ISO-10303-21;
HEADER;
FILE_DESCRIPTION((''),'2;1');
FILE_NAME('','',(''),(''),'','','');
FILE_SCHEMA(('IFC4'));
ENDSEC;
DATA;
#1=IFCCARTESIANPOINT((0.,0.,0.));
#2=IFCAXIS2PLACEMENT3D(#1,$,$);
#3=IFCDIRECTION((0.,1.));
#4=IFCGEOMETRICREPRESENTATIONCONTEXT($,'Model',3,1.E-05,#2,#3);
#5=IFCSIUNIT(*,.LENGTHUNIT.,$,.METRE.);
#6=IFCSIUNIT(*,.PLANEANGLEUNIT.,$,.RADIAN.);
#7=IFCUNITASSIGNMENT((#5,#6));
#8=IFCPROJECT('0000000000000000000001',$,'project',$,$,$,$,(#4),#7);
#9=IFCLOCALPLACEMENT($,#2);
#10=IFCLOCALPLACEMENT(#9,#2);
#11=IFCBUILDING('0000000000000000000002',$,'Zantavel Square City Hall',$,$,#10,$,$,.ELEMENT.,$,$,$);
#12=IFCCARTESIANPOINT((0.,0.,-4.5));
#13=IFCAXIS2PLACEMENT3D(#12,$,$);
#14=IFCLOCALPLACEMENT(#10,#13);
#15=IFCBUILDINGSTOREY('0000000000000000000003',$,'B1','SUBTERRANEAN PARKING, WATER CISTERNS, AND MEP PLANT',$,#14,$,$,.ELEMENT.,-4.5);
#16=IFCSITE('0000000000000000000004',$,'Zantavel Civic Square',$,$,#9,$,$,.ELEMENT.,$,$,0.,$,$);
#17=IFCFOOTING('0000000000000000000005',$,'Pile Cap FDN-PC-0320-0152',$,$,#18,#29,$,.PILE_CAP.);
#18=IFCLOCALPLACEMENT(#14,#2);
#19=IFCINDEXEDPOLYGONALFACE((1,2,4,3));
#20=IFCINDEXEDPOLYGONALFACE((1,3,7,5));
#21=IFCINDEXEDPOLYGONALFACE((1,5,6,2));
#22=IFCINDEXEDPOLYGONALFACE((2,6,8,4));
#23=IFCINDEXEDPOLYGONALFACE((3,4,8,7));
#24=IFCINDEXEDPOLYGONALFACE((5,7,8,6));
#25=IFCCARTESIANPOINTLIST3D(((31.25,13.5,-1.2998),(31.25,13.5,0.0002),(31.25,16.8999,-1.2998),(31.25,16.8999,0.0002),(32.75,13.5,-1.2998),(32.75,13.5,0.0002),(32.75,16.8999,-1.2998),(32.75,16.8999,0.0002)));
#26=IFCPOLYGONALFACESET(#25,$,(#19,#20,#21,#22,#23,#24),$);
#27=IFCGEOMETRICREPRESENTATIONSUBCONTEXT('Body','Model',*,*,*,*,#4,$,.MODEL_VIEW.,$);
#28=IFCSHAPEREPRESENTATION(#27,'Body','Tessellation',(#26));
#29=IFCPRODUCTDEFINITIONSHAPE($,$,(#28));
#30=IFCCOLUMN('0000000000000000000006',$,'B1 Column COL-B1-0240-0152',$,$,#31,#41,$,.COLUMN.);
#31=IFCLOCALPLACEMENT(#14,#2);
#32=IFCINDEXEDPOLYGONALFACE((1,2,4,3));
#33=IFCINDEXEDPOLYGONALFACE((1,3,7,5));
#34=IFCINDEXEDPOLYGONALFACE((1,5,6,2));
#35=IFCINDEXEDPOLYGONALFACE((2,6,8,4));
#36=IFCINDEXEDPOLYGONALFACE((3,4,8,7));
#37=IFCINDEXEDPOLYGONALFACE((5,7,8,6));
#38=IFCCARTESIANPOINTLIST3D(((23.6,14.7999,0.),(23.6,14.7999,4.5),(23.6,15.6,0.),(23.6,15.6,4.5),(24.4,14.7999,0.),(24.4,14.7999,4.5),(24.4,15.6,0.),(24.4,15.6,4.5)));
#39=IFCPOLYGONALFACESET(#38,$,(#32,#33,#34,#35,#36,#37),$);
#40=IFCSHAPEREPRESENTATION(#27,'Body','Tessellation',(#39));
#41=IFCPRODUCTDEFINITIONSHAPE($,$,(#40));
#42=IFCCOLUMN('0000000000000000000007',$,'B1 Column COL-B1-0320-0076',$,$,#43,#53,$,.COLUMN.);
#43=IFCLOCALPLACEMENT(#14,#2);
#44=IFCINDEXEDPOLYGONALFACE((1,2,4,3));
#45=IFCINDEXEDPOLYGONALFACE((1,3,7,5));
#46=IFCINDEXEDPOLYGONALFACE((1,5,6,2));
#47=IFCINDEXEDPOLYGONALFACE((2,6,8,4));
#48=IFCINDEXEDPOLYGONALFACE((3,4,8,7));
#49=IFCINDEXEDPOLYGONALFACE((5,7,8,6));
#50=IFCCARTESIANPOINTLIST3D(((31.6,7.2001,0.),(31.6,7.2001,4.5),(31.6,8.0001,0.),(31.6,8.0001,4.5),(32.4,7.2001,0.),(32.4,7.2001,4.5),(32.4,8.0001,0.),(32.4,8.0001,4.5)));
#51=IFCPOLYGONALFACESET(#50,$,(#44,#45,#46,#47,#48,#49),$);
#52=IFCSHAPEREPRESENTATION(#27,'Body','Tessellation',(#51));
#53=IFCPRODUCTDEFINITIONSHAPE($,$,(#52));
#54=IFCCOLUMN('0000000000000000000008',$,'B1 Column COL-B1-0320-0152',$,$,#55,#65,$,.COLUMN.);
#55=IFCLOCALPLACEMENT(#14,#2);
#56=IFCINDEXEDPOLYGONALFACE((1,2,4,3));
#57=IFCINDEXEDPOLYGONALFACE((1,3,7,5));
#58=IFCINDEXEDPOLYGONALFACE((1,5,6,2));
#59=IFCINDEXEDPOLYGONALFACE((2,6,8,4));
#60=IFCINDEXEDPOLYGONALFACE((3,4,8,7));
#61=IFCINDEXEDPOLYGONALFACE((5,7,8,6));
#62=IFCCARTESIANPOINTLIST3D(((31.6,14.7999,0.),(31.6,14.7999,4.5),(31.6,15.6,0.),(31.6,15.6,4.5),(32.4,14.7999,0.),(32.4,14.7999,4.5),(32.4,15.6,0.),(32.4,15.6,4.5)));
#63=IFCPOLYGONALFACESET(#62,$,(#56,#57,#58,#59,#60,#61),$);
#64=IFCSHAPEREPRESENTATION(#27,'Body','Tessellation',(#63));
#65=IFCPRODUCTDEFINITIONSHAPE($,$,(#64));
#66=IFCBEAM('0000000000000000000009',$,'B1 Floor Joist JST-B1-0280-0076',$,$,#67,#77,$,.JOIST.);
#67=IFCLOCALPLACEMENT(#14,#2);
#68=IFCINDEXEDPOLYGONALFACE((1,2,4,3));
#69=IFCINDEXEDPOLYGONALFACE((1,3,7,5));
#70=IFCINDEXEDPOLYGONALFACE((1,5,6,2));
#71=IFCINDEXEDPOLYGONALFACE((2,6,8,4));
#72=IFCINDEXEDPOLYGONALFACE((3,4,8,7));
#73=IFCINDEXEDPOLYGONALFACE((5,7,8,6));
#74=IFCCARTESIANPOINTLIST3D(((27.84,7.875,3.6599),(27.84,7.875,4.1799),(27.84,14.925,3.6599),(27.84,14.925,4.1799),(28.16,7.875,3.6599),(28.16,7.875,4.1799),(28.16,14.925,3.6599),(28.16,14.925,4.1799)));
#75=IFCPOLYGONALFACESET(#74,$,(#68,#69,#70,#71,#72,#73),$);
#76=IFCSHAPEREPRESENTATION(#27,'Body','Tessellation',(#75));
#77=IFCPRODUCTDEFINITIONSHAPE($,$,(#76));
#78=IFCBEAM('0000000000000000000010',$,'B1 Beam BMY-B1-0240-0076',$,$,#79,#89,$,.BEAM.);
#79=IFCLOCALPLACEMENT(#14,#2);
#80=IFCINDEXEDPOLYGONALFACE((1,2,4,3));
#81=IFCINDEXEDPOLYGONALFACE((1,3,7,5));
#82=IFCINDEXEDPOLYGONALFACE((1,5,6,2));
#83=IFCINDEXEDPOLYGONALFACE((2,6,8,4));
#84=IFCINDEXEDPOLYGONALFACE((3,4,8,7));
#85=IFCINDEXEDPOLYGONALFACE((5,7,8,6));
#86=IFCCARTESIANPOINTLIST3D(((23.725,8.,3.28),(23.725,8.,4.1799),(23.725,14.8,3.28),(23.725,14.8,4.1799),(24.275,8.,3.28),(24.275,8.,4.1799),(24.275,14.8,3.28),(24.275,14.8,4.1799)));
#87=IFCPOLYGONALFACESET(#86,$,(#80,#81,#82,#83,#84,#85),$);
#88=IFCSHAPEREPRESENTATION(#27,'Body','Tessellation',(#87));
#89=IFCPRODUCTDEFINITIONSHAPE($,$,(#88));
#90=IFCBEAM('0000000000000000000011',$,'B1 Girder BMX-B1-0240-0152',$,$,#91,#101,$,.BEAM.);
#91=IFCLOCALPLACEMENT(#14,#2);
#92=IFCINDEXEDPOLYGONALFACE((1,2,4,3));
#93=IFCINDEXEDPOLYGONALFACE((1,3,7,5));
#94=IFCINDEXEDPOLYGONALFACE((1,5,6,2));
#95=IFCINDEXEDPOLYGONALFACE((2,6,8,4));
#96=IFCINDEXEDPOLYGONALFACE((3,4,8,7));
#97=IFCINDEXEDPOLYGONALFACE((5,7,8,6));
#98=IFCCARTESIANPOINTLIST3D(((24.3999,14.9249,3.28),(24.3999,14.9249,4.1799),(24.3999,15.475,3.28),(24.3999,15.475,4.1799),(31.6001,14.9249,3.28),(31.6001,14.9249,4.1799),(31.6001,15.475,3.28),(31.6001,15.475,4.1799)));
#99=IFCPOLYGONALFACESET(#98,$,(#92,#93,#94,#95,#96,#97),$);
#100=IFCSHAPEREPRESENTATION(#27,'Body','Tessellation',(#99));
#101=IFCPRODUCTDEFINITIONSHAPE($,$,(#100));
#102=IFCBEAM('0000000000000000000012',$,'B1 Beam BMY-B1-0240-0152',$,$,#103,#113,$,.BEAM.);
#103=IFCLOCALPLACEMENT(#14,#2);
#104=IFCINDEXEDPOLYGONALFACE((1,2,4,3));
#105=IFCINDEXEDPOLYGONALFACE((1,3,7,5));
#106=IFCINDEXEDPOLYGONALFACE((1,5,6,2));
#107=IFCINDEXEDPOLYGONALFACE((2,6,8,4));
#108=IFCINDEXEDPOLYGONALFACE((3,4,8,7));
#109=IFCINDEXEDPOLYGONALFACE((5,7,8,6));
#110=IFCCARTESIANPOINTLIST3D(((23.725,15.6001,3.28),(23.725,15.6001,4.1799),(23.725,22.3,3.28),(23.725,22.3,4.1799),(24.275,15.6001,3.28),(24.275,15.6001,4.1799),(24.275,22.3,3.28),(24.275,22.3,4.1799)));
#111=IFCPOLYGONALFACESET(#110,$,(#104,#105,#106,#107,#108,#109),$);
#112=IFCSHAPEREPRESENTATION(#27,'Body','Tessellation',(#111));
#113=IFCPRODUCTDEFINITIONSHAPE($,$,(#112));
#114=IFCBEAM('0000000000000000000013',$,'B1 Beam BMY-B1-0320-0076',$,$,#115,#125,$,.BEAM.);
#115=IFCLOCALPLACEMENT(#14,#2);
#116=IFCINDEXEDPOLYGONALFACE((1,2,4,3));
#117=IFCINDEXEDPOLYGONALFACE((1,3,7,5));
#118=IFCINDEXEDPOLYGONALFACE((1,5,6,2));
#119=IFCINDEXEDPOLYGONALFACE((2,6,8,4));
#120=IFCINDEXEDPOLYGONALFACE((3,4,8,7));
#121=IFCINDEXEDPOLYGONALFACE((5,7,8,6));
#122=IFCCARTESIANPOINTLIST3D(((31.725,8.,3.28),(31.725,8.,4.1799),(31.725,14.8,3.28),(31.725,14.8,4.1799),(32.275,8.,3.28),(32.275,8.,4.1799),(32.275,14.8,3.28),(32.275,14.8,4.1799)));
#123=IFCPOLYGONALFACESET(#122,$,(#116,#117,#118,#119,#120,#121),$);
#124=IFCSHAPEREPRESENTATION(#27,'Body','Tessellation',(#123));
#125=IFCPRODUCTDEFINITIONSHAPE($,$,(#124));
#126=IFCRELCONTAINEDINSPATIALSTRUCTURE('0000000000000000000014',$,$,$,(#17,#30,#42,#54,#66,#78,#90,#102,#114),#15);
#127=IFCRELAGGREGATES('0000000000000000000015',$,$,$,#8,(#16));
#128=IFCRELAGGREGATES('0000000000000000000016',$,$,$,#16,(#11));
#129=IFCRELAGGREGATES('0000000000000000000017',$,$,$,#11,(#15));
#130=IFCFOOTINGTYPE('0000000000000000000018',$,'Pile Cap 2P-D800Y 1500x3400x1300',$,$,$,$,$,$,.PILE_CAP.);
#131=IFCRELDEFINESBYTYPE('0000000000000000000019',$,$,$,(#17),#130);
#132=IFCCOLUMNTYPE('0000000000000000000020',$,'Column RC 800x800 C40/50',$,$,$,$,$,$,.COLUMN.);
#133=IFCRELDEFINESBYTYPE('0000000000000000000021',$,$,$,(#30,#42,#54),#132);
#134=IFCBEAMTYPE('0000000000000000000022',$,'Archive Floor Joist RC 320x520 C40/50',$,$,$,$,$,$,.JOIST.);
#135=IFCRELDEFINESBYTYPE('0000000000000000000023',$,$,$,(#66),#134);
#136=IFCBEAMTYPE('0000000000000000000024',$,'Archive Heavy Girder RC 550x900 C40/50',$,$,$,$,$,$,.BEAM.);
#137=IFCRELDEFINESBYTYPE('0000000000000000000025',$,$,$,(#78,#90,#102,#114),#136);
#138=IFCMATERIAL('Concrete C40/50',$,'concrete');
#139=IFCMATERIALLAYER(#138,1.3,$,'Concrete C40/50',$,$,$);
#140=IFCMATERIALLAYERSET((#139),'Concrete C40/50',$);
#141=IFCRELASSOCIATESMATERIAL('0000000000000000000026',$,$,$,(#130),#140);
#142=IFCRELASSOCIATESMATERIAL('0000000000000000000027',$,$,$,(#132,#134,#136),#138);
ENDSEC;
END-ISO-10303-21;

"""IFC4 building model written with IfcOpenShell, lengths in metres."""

from ifc_helpers import new_model, si_unit, direction, frame, origin, origin_2d, place, context, subcontext, project, spatial, rectangle, extrude, material, layer, layer_set, material_profile, profile_set, type_object, element, save


model = new_model("IFC4")

# Units and contexts
model_context = context("Model", 3, precision=1e-05, world=origin(), true_north=direction((0.0, 1.0)))
body_context = subcontext(model_context, "Body", "Model", "MODEL_VIEW")
ifc_project = project(units=[si_unit("LENGTHUNIT", "METRE"), si_unit("PLANEANGLEUNIT", "RADIAN")], contexts=[model_context])

# Site, building, storey
site_placement = place(None, origin())
site = spatial("IfcSite", under=ifc_project, at=site_placement, Name="Zantavel Civic Square", CompositionType="ELEMENT", RefElevation=0.0)
building_placement = place(site_placement, origin())
building = spatial("IfcBuilding", under=site, at=building_placement, Name="Zantavel Square City Hall", CompositionType="ELEMENT")
storey_placement = place(building_placement, frame((0.0, 0.0, -4.5)))
storey = spatial("IfcBuildingStorey", under=building, at=storey_placement, Name="B1", Description="SUBTERRANEAN PARKING, WATER CISTERNS, AND MEP PLANT", CompositionType="ELEMENT", Elevation=-4.5)

# Footing
ifc_material_1 = material(Name="Concrete C40/50", Category="concrete")
ifc_layer_1 = layer(ifc_material_1, 1.3, Name="Concrete C40/50")
ifc_layer_set_1 = layer_set([ifc_layer_1], Name="Concrete C40/50")
footing_type_1 = type_object("IfcFootingType", Name="Pile Cap 2P-D800Y 1500x3400x1300", PredefinedType="PILE_CAP", material=ifc_layer_set_1)
footing_1_placement = place(storey_placement, frame((32.0, 15.2, -1.2998), z_axis=(0.0, 0.0, 1.0), x_axis=(1.0, 0.0, 0.0)))
element("IfcFooting", 1, at=footing_1_placement, inside=storey, type_object=footing_type_1, Name="Pile Cap FDN-PC-0320-0152", PredefinedType="PILE_CAP", context=body_context, shape_type="SweptSolid", body=[
    extrude(rectangle(XDim=1.5, YDim=3.3999, at=origin_2d()), origin(), (0.0, 0.0, 1.0), 1.3),
])

# Columns
ifc_material_profile_1 = material_profile(ifc_material_1, rectangle(XDim=0.8, YDim=0.8, at=origin_2d()), Name="RC 800x800")
ifc_profile_set_1 = profile_set([ifc_material_profile_1], Name="Concrete C40/50")
column_type = type_object("IfcColumnType", Name="Column RC 800x800 C40/50", PredefinedType="COLUMN", material=ifc_profile_set_1)
for number, where, z_axis, x_axis, name in (
    (2, (24.0, 15.2, 0.0), (0.0, 0.0, 1.0), (1.0, 0.0, 0.0), "B1 Column COL-B1-0240-0152"),
    (3, (32.0, 7.6001, 0.0), (0.0, 0.0, 1.0), (1.0, 0.0, 0.0), "B1 Column COL-B1-0320-0076"),
    (4, (32.0, 15.2, 0.0), (0.0, 0.0, 1.0), (1.0, 0.0, 0.0), "B1 Column COL-B1-0320-0152"),
):
    element("IfcColumn", number, at=place(storey_placement, frame(where, z_axis=z_axis, x_axis=x_axis)), inside=storey, type_object=column_type, Name=name, PredefinedType="COLUMN", context=body_context, shape_type="SweptSolid", body=[
        extrude(rectangle(XDim=0.8, YDim=0.8, at=origin_2d()), origin(), (0.0, 0.0, 1.0), 4.5),
    ])

# Beams
ifc_material_profile_2 = material_profile(ifc_material_1, rectangle(XDim=0.3201, YDim=0.52, at=origin_2d()), Name="RC 320x520")
ifc_profile_set_2 = profile_set([ifc_material_profile_2], Name="Concrete C40/50")
beam_type_1 = type_object("IfcBeamType", Name="Archive Floor Joist RC 320x520 C40/50", PredefinedType="JOIST", material=ifc_profile_set_2)
beam_1_placement = place(storey_placement, frame((28.0, 7.875, 3.9199), z_axis=(0.0, 1.0, 0.0), x_axis=(-1.0, 0.0, 0.0)))
element("IfcBeam", 5, at=beam_1_placement, inside=storey, type_object=beam_type_1, Name="B1 Floor Joist JST-B1-0280-0076", PredefinedType="JOIST", context=body_context, shape_type="SweptSolid", body=[
    extrude(rectangle(XDim=0.3201, YDim=0.52, at=origin_2d()), origin(), (0.0, 0.0, 1.0), 7.05),
])
ifc_material_profile_3 = material_profile(ifc_material_1, rectangle(XDim=0.55, YDim=0.8999, at=origin_2d()), Name="RC 550x900")
ifc_profile_set_3 = profile_set([ifc_material_profile_3], Name="Concrete C40/50")
beam_type_2 = type_object("IfcBeamType", Name="Archive Heavy Girder RC 550x900 C40/50", PredefinedType="BEAM", material=ifc_profile_set_3)
beam_2_placement = place(storey_placement, frame((24.0, 8.0, 3.73), z_axis=(0.0, 1.0, 0.0), x_axis=(-1.0, 0.0, 0.0)))
element("IfcBeam", 6, at=beam_2_placement, inside=storey, type_object=beam_type_2, Name="B1 Beam BMY-B1-0240-0076", PredefinedType="BEAM", context=body_context, shape_type="SweptSolid", body=[
    extrude(rectangle(XDim=0.55, YDim=0.8999, at=origin_2d()), origin(), (0.0, 0.0, 1.0), 6.8),
])
beam_3_placement = place(storey_placement, frame((24.3999, 15.2, 3.73), z_axis=(1.0, 0.0, 0.0), x_axis=(0.0, 1.0, 0.0)))
element("IfcBeam", 7, at=beam_3_placement, inside=storey, type_object=beam_type_2, Name="B1 Girder BMX-B1-0240-0152", PredefinedType="BEAM", context=body_context, shape_type="SweptSolid", body=[
    extrude(rectangle(XDim=0.55, YDim=0.8999, at=origin_2d()), origin(), (0.0, 0.0, 1.0), 7.2002),
])
beam_4_placement = place(storey_placement, frame((24.0, 15.6001, 3.73), z_axis=(0.0, 1.0, 0.0), x_axis=(-1.0, 0.0, 0.0)))
element("IfcBeam", 8, at=beam_4_placement, inside=storey, type_object=beam_type_2, Name="B1 Beam BMY-B1-0240-0152", PredefinedType="BEAM", context=body_context, shape_type="SweptSolid", body=[
    extrude(rectangle(XDim=0.55, YDim=0.8999, at=origin_2d()), origin(), (0.0, 0.0, 1.0), 6.7),
])
beam_5_placement = place(storey_placement, frame((32.0, 8.0, 3.73), z_axis=(0.0, 1.0, 0.0), x_axis=(-1.0, 0.0, 0.0)))
element("IfcBeam", 9, at=beam_5_placement, inside=storey, type_object=beam_type_2, Name="B1 Beam BMY-B1-0320-0076", PredefinedType="BEAM", context=body_context, shape_type="SweptSolid", body=[
    extrude(rectangle(XDim=0.55, YDim=0.8999, at=origin_2d()), origin(), (0.0, 0.0, 1.0), 6.8),
])

save(model, "model.ifc")
